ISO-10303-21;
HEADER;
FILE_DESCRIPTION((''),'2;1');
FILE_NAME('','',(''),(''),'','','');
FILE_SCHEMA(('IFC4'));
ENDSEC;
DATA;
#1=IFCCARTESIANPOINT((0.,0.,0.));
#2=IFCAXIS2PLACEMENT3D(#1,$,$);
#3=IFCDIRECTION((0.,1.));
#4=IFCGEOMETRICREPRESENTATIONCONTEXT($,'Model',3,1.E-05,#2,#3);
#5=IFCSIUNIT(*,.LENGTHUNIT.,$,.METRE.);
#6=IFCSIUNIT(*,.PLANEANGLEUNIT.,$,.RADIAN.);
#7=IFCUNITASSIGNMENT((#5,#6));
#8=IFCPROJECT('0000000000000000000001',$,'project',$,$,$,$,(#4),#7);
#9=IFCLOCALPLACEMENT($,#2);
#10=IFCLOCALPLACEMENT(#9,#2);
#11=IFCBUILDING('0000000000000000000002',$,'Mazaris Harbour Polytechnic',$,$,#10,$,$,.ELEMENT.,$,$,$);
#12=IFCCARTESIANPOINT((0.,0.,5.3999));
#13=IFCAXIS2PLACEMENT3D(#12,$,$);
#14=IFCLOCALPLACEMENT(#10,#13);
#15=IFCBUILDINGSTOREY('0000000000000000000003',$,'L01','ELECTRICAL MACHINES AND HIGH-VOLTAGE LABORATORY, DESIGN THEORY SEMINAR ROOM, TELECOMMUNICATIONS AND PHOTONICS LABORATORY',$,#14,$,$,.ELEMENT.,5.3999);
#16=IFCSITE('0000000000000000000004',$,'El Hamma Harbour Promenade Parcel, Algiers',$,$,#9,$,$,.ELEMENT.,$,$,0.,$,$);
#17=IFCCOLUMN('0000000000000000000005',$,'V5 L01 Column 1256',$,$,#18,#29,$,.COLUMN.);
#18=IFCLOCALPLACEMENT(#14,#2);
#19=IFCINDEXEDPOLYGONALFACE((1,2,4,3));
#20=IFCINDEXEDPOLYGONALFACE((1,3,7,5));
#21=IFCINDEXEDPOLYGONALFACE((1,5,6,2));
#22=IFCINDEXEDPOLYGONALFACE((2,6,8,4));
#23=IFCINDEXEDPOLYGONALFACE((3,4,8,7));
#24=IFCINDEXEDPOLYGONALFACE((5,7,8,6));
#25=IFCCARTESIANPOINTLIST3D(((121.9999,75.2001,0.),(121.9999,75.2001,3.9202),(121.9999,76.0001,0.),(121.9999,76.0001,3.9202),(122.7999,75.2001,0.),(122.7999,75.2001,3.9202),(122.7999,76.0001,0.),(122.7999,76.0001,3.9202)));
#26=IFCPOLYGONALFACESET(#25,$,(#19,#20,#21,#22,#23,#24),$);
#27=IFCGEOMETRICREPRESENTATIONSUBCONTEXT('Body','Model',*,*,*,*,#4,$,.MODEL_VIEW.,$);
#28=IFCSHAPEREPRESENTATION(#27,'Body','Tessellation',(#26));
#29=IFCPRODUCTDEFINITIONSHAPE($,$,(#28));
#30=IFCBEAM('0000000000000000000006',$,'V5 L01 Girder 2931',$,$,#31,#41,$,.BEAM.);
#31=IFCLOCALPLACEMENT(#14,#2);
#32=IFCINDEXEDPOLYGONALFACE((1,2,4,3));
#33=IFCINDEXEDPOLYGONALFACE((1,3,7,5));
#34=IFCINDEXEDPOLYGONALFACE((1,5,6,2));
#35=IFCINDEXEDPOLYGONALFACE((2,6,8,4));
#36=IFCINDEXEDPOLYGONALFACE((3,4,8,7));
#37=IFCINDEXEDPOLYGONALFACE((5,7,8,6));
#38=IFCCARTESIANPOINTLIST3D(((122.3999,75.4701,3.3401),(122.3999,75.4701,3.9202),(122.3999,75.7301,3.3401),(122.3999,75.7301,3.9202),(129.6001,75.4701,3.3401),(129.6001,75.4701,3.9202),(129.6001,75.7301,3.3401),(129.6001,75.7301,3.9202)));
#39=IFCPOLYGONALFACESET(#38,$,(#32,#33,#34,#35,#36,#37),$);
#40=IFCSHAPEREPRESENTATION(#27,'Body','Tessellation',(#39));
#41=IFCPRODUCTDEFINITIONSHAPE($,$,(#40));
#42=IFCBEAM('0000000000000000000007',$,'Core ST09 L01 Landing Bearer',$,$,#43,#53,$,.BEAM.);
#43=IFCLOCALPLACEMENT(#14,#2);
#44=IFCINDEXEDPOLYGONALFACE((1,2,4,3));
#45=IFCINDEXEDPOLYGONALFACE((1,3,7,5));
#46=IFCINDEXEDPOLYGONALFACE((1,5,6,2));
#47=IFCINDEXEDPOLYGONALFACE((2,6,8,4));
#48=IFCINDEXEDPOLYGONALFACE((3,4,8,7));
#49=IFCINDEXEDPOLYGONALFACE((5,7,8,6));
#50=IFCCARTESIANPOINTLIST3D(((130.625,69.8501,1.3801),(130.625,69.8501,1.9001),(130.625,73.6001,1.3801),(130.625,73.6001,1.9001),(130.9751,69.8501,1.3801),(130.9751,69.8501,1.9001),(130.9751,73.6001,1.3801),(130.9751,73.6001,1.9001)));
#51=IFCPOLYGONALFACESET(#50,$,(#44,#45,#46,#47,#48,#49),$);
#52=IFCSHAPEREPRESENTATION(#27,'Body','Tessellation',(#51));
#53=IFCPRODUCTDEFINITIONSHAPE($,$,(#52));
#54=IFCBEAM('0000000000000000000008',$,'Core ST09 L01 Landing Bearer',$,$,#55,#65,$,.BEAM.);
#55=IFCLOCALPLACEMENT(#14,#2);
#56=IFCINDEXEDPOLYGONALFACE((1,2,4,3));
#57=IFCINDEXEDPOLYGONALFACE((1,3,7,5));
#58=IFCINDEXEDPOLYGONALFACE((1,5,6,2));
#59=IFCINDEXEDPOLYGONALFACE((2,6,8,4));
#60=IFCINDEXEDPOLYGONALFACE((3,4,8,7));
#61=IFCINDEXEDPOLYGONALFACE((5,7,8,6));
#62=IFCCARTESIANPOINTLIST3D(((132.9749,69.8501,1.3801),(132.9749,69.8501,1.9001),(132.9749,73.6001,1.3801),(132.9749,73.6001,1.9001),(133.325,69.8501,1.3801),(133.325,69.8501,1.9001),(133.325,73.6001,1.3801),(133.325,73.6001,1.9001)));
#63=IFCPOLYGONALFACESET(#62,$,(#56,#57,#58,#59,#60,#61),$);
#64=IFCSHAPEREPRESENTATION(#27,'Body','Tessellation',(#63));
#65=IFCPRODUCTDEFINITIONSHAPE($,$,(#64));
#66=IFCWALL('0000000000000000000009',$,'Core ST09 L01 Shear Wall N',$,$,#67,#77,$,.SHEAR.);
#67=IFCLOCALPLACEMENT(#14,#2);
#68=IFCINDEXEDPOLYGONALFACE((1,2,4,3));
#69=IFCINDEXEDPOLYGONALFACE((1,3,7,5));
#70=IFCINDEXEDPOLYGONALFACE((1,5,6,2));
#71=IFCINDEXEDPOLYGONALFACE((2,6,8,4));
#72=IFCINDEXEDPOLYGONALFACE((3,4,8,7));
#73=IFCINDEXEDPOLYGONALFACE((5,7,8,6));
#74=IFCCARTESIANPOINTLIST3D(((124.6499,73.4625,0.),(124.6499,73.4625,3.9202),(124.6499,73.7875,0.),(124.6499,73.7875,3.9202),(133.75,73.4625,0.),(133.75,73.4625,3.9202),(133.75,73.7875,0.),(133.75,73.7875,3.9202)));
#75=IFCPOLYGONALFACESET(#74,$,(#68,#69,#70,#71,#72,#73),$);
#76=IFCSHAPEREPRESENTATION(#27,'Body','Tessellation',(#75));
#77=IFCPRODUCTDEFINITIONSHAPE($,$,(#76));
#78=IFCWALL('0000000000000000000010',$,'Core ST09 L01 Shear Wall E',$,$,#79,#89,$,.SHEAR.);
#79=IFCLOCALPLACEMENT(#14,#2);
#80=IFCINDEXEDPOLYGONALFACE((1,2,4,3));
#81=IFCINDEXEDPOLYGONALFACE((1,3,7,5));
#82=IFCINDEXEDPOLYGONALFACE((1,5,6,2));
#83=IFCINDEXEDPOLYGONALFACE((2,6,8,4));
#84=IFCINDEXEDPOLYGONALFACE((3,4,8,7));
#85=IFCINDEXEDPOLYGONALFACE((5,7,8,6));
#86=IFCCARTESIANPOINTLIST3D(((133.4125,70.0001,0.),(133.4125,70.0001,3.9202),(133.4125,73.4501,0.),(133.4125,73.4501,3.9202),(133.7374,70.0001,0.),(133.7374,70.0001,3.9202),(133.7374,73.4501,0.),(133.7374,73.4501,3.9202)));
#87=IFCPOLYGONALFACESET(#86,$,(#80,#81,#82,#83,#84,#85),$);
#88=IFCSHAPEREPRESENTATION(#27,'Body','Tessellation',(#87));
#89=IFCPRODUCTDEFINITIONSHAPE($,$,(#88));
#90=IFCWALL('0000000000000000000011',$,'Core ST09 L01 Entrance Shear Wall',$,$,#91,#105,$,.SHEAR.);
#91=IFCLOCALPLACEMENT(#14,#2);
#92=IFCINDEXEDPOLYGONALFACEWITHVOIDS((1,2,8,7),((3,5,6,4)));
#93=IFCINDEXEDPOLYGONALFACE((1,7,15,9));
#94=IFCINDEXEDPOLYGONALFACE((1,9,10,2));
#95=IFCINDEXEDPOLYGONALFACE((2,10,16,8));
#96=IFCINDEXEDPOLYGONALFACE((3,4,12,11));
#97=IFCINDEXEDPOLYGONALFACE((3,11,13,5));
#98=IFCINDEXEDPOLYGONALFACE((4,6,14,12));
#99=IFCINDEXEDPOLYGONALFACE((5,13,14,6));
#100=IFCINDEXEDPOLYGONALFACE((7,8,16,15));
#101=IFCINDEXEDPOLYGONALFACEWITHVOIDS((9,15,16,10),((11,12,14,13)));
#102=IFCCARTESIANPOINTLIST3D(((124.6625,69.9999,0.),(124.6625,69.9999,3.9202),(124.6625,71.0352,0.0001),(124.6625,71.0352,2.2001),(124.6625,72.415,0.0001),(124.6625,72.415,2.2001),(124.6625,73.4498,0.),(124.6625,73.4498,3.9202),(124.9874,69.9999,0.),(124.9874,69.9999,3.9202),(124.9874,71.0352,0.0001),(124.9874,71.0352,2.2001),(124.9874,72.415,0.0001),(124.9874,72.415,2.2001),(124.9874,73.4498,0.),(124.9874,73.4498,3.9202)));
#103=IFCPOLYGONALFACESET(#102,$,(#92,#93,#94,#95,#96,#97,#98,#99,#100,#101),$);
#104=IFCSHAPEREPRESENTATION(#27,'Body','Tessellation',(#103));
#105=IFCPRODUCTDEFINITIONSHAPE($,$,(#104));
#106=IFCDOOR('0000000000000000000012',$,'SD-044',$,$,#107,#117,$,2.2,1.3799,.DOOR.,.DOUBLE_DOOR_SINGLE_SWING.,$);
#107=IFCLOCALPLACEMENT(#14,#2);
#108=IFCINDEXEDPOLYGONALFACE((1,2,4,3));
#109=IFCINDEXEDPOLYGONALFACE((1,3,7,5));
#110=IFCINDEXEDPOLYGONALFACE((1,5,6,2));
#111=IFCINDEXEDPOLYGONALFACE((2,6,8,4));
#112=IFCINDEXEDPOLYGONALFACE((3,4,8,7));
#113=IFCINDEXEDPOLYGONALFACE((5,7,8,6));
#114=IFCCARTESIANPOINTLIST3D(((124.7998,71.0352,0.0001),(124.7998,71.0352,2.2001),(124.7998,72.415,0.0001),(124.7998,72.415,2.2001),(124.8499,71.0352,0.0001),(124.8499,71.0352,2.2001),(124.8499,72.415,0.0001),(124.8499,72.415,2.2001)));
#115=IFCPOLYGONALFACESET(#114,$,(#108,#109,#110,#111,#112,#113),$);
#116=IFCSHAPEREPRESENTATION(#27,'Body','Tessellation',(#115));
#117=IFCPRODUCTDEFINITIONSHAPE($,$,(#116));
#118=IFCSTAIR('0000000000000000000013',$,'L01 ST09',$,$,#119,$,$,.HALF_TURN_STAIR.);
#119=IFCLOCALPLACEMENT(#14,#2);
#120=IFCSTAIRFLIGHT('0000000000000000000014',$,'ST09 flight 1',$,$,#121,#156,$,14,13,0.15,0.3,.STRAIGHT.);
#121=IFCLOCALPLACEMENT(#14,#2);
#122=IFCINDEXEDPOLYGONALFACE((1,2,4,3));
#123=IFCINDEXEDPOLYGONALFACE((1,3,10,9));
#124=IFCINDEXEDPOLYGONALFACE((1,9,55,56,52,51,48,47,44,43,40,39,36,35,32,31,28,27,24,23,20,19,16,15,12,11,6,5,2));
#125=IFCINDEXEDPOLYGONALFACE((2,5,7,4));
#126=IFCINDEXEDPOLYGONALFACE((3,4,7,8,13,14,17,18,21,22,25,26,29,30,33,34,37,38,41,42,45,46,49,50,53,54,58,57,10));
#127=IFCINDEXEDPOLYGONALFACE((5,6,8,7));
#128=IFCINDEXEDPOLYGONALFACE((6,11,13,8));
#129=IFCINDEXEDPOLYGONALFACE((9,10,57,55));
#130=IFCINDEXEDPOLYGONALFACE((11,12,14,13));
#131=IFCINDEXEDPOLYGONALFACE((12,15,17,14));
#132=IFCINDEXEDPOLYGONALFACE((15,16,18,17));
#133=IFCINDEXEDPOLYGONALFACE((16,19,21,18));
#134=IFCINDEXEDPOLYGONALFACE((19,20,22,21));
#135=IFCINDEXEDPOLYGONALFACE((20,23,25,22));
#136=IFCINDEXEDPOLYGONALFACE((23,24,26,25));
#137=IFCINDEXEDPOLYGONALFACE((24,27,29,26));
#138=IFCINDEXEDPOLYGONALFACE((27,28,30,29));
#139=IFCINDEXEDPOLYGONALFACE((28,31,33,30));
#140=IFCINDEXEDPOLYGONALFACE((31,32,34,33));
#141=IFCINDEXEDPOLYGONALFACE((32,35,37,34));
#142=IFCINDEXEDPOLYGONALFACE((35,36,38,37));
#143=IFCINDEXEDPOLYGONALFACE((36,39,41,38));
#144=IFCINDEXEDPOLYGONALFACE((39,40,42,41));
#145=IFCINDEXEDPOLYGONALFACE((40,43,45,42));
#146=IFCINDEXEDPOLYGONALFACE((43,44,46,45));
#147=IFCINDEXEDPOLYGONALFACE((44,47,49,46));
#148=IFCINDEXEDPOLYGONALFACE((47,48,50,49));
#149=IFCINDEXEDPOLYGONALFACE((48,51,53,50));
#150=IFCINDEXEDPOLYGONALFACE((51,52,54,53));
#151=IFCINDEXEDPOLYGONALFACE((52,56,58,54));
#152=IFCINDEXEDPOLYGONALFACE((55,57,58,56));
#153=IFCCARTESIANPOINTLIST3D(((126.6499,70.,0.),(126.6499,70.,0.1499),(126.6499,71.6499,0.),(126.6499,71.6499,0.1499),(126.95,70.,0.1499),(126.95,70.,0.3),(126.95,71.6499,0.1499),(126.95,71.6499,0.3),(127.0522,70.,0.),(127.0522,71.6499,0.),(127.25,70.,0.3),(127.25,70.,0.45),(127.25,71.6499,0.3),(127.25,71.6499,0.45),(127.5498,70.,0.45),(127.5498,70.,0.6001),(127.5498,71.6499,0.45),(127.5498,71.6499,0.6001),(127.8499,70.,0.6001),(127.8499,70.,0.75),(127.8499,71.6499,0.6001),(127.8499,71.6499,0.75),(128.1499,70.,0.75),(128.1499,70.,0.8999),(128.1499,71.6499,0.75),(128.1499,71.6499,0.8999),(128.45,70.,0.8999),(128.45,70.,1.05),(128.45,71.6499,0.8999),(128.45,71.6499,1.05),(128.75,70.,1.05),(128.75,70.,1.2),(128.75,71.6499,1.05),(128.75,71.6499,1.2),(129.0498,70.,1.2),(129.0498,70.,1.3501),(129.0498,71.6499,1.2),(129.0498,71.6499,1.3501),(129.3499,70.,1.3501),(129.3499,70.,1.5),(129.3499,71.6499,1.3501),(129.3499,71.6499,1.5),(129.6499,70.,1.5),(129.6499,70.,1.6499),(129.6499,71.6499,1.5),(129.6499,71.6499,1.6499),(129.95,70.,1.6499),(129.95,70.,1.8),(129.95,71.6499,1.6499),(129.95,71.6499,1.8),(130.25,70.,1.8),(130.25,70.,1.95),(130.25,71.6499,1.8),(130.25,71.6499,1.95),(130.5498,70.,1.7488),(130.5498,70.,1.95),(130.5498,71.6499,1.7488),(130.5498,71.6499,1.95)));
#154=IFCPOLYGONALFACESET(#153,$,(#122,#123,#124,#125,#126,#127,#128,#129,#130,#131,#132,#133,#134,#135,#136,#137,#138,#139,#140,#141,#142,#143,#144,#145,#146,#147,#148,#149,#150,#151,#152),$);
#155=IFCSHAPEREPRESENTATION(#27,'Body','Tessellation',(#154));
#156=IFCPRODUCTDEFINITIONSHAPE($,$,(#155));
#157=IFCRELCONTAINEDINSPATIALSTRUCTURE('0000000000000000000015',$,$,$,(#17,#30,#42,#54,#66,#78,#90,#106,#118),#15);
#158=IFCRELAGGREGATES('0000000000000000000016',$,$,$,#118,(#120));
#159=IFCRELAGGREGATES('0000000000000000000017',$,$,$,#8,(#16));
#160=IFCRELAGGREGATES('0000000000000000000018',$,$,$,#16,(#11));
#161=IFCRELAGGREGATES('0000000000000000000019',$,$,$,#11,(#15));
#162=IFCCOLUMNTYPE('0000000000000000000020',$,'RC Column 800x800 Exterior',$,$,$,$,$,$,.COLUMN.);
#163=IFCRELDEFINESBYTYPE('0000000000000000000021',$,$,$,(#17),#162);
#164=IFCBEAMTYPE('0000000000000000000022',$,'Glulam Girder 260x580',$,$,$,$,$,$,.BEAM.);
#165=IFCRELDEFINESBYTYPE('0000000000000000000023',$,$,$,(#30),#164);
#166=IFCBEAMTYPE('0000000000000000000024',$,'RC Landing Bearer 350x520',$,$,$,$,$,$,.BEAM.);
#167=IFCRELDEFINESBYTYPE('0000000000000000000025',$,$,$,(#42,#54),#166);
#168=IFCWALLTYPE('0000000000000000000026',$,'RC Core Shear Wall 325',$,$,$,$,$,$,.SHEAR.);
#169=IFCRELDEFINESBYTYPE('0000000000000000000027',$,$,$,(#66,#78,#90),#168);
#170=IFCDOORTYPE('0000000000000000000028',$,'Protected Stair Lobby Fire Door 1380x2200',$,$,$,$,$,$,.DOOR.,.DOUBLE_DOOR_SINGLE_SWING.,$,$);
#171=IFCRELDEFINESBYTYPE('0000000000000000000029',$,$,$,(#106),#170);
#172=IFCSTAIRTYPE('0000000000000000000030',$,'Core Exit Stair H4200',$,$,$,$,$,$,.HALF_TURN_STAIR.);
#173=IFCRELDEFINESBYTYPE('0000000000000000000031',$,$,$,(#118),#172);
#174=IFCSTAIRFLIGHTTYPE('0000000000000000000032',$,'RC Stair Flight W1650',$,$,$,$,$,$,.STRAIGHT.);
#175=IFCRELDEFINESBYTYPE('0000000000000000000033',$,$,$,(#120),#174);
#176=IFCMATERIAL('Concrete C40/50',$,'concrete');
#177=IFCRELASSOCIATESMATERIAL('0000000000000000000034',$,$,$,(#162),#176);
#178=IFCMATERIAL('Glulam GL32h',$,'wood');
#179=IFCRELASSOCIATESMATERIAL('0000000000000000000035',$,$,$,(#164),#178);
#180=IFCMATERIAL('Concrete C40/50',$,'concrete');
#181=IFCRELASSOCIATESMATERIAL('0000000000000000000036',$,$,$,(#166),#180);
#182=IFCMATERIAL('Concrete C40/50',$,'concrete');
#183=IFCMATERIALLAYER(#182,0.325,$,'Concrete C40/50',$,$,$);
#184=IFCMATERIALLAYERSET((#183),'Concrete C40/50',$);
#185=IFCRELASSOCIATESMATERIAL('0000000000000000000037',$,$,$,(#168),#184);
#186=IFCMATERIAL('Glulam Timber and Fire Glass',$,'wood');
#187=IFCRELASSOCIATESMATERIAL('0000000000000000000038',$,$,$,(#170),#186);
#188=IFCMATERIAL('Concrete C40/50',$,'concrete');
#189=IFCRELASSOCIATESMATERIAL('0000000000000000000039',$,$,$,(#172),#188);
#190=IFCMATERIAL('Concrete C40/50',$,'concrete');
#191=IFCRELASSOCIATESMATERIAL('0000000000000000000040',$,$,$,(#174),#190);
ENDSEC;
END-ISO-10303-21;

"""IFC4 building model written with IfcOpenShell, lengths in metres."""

from ifc_helpers import new_model, si_unit, direction, frame, frame_2d, origin, origin_2d, place, context, subcontext, project, spatial, polyline, rectangle, outline, extrude, material, layer, layer_set, material_profile, profile_set, type_object, element, fill, aggregate, save


model = new_model("IFC4")

# Units and contexts
model_context = context("Model", 3, precision=1e-05, world=origin(), true_north=direction((0.0, 1.0)))
body_context = subcontext(model_context, "Body", "Model", "MODEL_VIEW")
ifc_project = project(units=[si_unit("LENGTHUNIT", "METRE"), si_unit("PLANEANGLEUNIT", "RADIAN")], contexts=[model_context])

# Site, building, storey
site_placement = place(None, origin())
site = spatial("IfcSite", under=ifc_project, at=site_placement, Name="El Hamma Harbour Promenade Parcel, Algiers", CompositionType="ELEMENT", RefElevation=0.0)
building_placement = place(site_placement, origin())
building = spatial("IfcBuilding", under=site, at=building_placement, Name="Mazaris Harbour Polytechnic", CompositionType="ELEMENT")
storey_placement = place(building_placement, frame((0.0, 0.0, 5.3999)))
storey = spatial("IfcBuildingStorey", under=building, at=storey_placement, Name="L01", Description="ELECTRICAL MACHINES AND HIGH-VOLTAGE LABORATORY, DESIGN THEORY SEMINAR ROOM, TELECOMMUNICATIONS AND PHOTONICS LABORATORY", CompositionType="ELEMENT", Elevation=5.3999)

# Column
ifc_material_1 = material(Name="Concrete C40/50", Category="concrete")
ifc_material_profile_1 = material_profile(ifc_material_1, rectangle(XDim=0.8, YDim=0.8, at=origin_2d()), Name="RECT800x800")
ifc_profile_set_1 = profile_set([ifc_material_profile_1], Name="Concrete C40/50")
column_type = type_object("IfcColumnType", Name="RC Column 800x800 Exterior", PredefinedType="COLUMN", material=ifc_profile_set_1)
column_placement = place(storey_placement, frame((122.3999, 75.6001, 0.0), z_axis=(0.0, 0.0, 1.0), x_axis=(1.0, 0.0, 0.0)))
element("IfcColumn", 1, at=column_placement, inside=storey, type_object=column_type, Name="V5 L01 Column 1256", PredefinedType="COLUMN", context=body_context, shape_type="SweptSolid", body=[
    extrude(rectangle(XDim=0.8, YDim=0.8, at=origin_2d()), origin(), (0.0, 0.0, 1.0), 3.9202),
])

# Beams
ifc_material_2 = material(Name="Glulam GL32h", Category="wood")
ifc_material_profile_2 = material_profile(ifc_material_2, rectangle(XDim=0.26, YDim=0.5801, at=origin_2d()), Name="RECT260x580")
ifc_profile_set_2 = profile_set([ifc_material_profile_2], Name="Glulam GL32h")
beam_type_1 = type_object("IfcBeamType", Name="Glulam Girder 260x580", PredefinedType="BEAM", material=ifc_profile_set_2)
beam_placement = place(storey_placement, frame((122.3999, 75.6001, 3.6301), z_axis=(1.0, 0.0, 0.0), x_axis=(0.0, 1.0, 0.0)))
element("IfcBeam", 2, at=beam_placement, inside=storey, type_object=beam_type_1, Name="V5 L01 Girder 2931", PredefinedType="BEAM", context=body_context, shape_type="SweptSolid", body=[
    extrude(rectangle(XDim=0.26, YDim=0.5801, at=origin_2d()), origin(), (0.0, 0.0, 1.0), 7.2002),
])
ifc_material_3 = material(Name="Concrete C40/50", Category="concrete")
ifc_material_profile_3 = material_profile(ifc_material_3, rectangle(XDim=0.3501, YDim=0.52, at=origin_2d()), Name="RECT350x520")
ifc_profile_set_3 = profile_set([ifc_material_profile_3], Name="Concrete C40/50")
beam_type_2 = type_object("IfcBeamType", Name="RC Landing Bearer 350x520", PredefinedType="BEAM", material=ifc_profile_set_3)
for number, where, z_axis, x_axis, name in (
    (3, (130.8, 69.8501, 1.6401), (0.0, 1.0, 0.0), (-1.0, 0.0, 0.0), "Core ST09 L01 Landing Bearer"),
    (4, (133.1499, 69.8501, 1.6401), (0.0, 1.0, 0.0), (-1.0, 0.0, 0.0), "Core ST09 L01 Landing Bearer"),
):
    element("IfcBeam", number, at=place(storey_placement, frame(where, z_axis=z_axis, x_axis=x_axis)), inside=storey, type_object=beam_type_2, Name=name, PredefinedType="BEAM", context=body_context, shape_type="SweptSolid", body=[
        extrude(rectangle(XDim=0.3501, YDim=0.52, at=origin_2d()), origin(), (0.0, 0.0, 1.0), 3.75),
    ])

# Walls
ifc_material_4 = material(Name="Concrete C40/50", Category="concrete")
ifc_layer = layer(ifc_material_4, 0.325, Name="Concrete C40/50")
ifc_layer_set = layer_set([ifc_layer], Name="Concrete C40/50")
wall_type = type_object("IfcWallType", Name="RC Core Shear Wall 325", PredefinedType="SHEAR", material=ifc_layer_set)
wall_1_placement = place(storey_placement, frame((133.75, 73.625, 0.0), z_axis=(0.0, 0.0, 1.0), x_axis=(-1.0, 0.0, 0.0)))
element("IfcWall", 5, at=wall_1_placement, inside=storey, type_object=wall_type, Name="Core ST09 L01 Shear Wall N", PredefinedType="SHEAR", context=body_context, shape_type="SweptSolid", body=[
    extrude(rectangle(XDim=9.1001, YDim=0.325, at=frame_2d((4.55, 0.0))), origin(), (0.0, 0.0, 1.0), 3.9202),
])
wall_2_placement = place(storey_placement, frame((133.575, 70.0, 0.0), z_axis=(0.0, 0.0, 1.0), x_axis=(0.0, 1.0, 0.0)))
element("IfcWall", 6, at=wall_2_placement, inside=storey, type_object=wall_type, Name="Core ST09 L01 Shear Wall E", PredefinedType="SHEAR", context=body_context, shape_type="SweptSolid", body=[
    extrude(rectangle(XDim=3.45, YDim=0.325, at=frame_2d((1.7251, 0.0))), origin(), (0.0, 0.0, 1.0), 3.9202),
])

# Wall, opening, door
wall_3_placement = place(storey_placement, frame((124.825, 73.45, 0.0), z_axis=(0.0, 0.0, 1.0), x_axis=(0.0, -1.0, 0.0)))
wall_3 = element("IfcWall", 7, at=wall_3_placement, inside=storey, type_object=wall_type, Name="Core ST09 L01 Entrance Shear Wall", PredefinedType="SHEAR", context=body_context, shape_type="SweptSolid", body=[
    extrude(rectangle(XDim=3.45, YDim=0.325, at=frame_2d((1.7251, 0.0))), origin(), (0.0, 0.0, 1.0), 3.9202),
])
opening_placement = place(wall_3_placement, frame((1.0349, 0.0, 0.0)))
opening = element("IfcOpeningElement", 8, at=opening_placement, cuts=wall_3, PredefinedType="OPENING", context=body_context, shape_type="SweptSolid", body=[
    extrude(rectangle(XDim=1.3799, YDim=2.2, at=frame_2d((0.6899, 1.1001))), frame((0.0, 0.1724, 0.0), z_axis=(0.0, -1.0, 0.0), x_axis=(1.0, 0.0, 0.0)), (0.0, 0.0, 1.0), 0.345),
])
ifc_material_5 = material(Name="Glulam Timber and Fire Glass", Category="wood")
door_type = type_object("IfcDoorType", Name="Protected Stair Lobby Fire Door 1380x2200", OperationType="DOUBLE_DOOR_SINGLE_SWING", PredefinedType="DOOR", material=ifc_material_5)
door_placement = place(opening_placement, origin())
door = element("IfcDoor", 9, at=door_placement, inside=storey, type_object=door_type, Name="SD-044", OperationType="DOUBLE_DOOR_SINGLE_SWING", OverallHeight=2.2, OverallWidth=1.3799, PredefinedType="DOOR", context=body_context, shape_type="SweptSolid", body=[
    extrude(rectangle(XDim=1.3799, YDim=2.2, at=frame_2d((0.6899, 1.1001))), frame((0.0, 0.0249, 0.0), z_axis=(0.0, -1.0, 0.0), x_axis=(1.0, 0.0, 0.0)), (0.0, 0.0, 1.0), 0.05),
])
fill(opening, door)

# Stair, stair flight
ifc_material_6 = material(Name="Concrete C40/50", Category="concrete")
stair_type = type_object("IfcStairType", Name="Core Exit Stair H4200", PredefinedType="HALF_TURN_STAIR", material=ifc_material_6)
stair_placement = place(storey_placement, origin())
stair = element("IfcStair", 10, at=stair_placement, inside=storey, type_object=stair_type, Name="L01 ST09", PredefinedType="HALF_TURN_STAIR")
ifc_material_7 = material(Name="Concrete C40/50", Category="concrete")
stair_flight_type = type_object("IfcStairFlightType", Name="RC Stair Flight W1650", PredefinedType="STRAIGHT", material=ifc_material_7)
stair_flight_1_placement = place(storey_placement, frame((126.6499, 70.825, 0.0), z_axis=(0.0, 0.0, 1.0), x_axis=(1.0, 0.0, 0.0)))
stair_flight_1 = element("IfcStairFlight", 11, at=stair_flight_1_placement, type_object=stair_flight_type, Name="ST09 flight 1", NumberOfRisers=14, NumberOfTreads=13, PredefinedType="STRAIGHT", RiserHeight=0.15, TreadLength=0.3, context=body_context, shape_type="SweptSolid", body=[
    extrude(outline(polyline([(0.0, 0.0), (0.0, 0.1499), (0.3, 0.1499), (0.3, 0.3), (0.6001, 0.3), (0.6001, 0.45), (0.8999, 0.45), (0.8999, 0.6001), (1.2, 0.6001), (1.2, 0.75), (1.5, 0.75), (1.5, 0.8999), (1.8, 0.8999), (1.8, 1.05), (2.1001, 1.05), (2.1001, 1.2), (2.3999, 1.2), (2.3999, 1.3501), (2.7, 1.3501), (2.7, 1.5), (3.0, 1.5), (3.0, 1.6499), (3.3, 1.6499), (3.3, 1.8), (3.6001, 1.8), (3.6001, 1.95), (3.8999, 1.95), (3.8999, 2.1001), (3.8999, 1.7488), (0.4023, 0.0), (0.0, 0.0)])), frame((0.0, 0.825, 0.0), z_axis=(0.0, -1.0, 0.0), x_axis=(1.0, 0.0, 0.0)), (0.0, 0.0, 1.0), 1.6499),
])
aggregate(stair, [stair_flight_1])

save(model, "model.ifc")
